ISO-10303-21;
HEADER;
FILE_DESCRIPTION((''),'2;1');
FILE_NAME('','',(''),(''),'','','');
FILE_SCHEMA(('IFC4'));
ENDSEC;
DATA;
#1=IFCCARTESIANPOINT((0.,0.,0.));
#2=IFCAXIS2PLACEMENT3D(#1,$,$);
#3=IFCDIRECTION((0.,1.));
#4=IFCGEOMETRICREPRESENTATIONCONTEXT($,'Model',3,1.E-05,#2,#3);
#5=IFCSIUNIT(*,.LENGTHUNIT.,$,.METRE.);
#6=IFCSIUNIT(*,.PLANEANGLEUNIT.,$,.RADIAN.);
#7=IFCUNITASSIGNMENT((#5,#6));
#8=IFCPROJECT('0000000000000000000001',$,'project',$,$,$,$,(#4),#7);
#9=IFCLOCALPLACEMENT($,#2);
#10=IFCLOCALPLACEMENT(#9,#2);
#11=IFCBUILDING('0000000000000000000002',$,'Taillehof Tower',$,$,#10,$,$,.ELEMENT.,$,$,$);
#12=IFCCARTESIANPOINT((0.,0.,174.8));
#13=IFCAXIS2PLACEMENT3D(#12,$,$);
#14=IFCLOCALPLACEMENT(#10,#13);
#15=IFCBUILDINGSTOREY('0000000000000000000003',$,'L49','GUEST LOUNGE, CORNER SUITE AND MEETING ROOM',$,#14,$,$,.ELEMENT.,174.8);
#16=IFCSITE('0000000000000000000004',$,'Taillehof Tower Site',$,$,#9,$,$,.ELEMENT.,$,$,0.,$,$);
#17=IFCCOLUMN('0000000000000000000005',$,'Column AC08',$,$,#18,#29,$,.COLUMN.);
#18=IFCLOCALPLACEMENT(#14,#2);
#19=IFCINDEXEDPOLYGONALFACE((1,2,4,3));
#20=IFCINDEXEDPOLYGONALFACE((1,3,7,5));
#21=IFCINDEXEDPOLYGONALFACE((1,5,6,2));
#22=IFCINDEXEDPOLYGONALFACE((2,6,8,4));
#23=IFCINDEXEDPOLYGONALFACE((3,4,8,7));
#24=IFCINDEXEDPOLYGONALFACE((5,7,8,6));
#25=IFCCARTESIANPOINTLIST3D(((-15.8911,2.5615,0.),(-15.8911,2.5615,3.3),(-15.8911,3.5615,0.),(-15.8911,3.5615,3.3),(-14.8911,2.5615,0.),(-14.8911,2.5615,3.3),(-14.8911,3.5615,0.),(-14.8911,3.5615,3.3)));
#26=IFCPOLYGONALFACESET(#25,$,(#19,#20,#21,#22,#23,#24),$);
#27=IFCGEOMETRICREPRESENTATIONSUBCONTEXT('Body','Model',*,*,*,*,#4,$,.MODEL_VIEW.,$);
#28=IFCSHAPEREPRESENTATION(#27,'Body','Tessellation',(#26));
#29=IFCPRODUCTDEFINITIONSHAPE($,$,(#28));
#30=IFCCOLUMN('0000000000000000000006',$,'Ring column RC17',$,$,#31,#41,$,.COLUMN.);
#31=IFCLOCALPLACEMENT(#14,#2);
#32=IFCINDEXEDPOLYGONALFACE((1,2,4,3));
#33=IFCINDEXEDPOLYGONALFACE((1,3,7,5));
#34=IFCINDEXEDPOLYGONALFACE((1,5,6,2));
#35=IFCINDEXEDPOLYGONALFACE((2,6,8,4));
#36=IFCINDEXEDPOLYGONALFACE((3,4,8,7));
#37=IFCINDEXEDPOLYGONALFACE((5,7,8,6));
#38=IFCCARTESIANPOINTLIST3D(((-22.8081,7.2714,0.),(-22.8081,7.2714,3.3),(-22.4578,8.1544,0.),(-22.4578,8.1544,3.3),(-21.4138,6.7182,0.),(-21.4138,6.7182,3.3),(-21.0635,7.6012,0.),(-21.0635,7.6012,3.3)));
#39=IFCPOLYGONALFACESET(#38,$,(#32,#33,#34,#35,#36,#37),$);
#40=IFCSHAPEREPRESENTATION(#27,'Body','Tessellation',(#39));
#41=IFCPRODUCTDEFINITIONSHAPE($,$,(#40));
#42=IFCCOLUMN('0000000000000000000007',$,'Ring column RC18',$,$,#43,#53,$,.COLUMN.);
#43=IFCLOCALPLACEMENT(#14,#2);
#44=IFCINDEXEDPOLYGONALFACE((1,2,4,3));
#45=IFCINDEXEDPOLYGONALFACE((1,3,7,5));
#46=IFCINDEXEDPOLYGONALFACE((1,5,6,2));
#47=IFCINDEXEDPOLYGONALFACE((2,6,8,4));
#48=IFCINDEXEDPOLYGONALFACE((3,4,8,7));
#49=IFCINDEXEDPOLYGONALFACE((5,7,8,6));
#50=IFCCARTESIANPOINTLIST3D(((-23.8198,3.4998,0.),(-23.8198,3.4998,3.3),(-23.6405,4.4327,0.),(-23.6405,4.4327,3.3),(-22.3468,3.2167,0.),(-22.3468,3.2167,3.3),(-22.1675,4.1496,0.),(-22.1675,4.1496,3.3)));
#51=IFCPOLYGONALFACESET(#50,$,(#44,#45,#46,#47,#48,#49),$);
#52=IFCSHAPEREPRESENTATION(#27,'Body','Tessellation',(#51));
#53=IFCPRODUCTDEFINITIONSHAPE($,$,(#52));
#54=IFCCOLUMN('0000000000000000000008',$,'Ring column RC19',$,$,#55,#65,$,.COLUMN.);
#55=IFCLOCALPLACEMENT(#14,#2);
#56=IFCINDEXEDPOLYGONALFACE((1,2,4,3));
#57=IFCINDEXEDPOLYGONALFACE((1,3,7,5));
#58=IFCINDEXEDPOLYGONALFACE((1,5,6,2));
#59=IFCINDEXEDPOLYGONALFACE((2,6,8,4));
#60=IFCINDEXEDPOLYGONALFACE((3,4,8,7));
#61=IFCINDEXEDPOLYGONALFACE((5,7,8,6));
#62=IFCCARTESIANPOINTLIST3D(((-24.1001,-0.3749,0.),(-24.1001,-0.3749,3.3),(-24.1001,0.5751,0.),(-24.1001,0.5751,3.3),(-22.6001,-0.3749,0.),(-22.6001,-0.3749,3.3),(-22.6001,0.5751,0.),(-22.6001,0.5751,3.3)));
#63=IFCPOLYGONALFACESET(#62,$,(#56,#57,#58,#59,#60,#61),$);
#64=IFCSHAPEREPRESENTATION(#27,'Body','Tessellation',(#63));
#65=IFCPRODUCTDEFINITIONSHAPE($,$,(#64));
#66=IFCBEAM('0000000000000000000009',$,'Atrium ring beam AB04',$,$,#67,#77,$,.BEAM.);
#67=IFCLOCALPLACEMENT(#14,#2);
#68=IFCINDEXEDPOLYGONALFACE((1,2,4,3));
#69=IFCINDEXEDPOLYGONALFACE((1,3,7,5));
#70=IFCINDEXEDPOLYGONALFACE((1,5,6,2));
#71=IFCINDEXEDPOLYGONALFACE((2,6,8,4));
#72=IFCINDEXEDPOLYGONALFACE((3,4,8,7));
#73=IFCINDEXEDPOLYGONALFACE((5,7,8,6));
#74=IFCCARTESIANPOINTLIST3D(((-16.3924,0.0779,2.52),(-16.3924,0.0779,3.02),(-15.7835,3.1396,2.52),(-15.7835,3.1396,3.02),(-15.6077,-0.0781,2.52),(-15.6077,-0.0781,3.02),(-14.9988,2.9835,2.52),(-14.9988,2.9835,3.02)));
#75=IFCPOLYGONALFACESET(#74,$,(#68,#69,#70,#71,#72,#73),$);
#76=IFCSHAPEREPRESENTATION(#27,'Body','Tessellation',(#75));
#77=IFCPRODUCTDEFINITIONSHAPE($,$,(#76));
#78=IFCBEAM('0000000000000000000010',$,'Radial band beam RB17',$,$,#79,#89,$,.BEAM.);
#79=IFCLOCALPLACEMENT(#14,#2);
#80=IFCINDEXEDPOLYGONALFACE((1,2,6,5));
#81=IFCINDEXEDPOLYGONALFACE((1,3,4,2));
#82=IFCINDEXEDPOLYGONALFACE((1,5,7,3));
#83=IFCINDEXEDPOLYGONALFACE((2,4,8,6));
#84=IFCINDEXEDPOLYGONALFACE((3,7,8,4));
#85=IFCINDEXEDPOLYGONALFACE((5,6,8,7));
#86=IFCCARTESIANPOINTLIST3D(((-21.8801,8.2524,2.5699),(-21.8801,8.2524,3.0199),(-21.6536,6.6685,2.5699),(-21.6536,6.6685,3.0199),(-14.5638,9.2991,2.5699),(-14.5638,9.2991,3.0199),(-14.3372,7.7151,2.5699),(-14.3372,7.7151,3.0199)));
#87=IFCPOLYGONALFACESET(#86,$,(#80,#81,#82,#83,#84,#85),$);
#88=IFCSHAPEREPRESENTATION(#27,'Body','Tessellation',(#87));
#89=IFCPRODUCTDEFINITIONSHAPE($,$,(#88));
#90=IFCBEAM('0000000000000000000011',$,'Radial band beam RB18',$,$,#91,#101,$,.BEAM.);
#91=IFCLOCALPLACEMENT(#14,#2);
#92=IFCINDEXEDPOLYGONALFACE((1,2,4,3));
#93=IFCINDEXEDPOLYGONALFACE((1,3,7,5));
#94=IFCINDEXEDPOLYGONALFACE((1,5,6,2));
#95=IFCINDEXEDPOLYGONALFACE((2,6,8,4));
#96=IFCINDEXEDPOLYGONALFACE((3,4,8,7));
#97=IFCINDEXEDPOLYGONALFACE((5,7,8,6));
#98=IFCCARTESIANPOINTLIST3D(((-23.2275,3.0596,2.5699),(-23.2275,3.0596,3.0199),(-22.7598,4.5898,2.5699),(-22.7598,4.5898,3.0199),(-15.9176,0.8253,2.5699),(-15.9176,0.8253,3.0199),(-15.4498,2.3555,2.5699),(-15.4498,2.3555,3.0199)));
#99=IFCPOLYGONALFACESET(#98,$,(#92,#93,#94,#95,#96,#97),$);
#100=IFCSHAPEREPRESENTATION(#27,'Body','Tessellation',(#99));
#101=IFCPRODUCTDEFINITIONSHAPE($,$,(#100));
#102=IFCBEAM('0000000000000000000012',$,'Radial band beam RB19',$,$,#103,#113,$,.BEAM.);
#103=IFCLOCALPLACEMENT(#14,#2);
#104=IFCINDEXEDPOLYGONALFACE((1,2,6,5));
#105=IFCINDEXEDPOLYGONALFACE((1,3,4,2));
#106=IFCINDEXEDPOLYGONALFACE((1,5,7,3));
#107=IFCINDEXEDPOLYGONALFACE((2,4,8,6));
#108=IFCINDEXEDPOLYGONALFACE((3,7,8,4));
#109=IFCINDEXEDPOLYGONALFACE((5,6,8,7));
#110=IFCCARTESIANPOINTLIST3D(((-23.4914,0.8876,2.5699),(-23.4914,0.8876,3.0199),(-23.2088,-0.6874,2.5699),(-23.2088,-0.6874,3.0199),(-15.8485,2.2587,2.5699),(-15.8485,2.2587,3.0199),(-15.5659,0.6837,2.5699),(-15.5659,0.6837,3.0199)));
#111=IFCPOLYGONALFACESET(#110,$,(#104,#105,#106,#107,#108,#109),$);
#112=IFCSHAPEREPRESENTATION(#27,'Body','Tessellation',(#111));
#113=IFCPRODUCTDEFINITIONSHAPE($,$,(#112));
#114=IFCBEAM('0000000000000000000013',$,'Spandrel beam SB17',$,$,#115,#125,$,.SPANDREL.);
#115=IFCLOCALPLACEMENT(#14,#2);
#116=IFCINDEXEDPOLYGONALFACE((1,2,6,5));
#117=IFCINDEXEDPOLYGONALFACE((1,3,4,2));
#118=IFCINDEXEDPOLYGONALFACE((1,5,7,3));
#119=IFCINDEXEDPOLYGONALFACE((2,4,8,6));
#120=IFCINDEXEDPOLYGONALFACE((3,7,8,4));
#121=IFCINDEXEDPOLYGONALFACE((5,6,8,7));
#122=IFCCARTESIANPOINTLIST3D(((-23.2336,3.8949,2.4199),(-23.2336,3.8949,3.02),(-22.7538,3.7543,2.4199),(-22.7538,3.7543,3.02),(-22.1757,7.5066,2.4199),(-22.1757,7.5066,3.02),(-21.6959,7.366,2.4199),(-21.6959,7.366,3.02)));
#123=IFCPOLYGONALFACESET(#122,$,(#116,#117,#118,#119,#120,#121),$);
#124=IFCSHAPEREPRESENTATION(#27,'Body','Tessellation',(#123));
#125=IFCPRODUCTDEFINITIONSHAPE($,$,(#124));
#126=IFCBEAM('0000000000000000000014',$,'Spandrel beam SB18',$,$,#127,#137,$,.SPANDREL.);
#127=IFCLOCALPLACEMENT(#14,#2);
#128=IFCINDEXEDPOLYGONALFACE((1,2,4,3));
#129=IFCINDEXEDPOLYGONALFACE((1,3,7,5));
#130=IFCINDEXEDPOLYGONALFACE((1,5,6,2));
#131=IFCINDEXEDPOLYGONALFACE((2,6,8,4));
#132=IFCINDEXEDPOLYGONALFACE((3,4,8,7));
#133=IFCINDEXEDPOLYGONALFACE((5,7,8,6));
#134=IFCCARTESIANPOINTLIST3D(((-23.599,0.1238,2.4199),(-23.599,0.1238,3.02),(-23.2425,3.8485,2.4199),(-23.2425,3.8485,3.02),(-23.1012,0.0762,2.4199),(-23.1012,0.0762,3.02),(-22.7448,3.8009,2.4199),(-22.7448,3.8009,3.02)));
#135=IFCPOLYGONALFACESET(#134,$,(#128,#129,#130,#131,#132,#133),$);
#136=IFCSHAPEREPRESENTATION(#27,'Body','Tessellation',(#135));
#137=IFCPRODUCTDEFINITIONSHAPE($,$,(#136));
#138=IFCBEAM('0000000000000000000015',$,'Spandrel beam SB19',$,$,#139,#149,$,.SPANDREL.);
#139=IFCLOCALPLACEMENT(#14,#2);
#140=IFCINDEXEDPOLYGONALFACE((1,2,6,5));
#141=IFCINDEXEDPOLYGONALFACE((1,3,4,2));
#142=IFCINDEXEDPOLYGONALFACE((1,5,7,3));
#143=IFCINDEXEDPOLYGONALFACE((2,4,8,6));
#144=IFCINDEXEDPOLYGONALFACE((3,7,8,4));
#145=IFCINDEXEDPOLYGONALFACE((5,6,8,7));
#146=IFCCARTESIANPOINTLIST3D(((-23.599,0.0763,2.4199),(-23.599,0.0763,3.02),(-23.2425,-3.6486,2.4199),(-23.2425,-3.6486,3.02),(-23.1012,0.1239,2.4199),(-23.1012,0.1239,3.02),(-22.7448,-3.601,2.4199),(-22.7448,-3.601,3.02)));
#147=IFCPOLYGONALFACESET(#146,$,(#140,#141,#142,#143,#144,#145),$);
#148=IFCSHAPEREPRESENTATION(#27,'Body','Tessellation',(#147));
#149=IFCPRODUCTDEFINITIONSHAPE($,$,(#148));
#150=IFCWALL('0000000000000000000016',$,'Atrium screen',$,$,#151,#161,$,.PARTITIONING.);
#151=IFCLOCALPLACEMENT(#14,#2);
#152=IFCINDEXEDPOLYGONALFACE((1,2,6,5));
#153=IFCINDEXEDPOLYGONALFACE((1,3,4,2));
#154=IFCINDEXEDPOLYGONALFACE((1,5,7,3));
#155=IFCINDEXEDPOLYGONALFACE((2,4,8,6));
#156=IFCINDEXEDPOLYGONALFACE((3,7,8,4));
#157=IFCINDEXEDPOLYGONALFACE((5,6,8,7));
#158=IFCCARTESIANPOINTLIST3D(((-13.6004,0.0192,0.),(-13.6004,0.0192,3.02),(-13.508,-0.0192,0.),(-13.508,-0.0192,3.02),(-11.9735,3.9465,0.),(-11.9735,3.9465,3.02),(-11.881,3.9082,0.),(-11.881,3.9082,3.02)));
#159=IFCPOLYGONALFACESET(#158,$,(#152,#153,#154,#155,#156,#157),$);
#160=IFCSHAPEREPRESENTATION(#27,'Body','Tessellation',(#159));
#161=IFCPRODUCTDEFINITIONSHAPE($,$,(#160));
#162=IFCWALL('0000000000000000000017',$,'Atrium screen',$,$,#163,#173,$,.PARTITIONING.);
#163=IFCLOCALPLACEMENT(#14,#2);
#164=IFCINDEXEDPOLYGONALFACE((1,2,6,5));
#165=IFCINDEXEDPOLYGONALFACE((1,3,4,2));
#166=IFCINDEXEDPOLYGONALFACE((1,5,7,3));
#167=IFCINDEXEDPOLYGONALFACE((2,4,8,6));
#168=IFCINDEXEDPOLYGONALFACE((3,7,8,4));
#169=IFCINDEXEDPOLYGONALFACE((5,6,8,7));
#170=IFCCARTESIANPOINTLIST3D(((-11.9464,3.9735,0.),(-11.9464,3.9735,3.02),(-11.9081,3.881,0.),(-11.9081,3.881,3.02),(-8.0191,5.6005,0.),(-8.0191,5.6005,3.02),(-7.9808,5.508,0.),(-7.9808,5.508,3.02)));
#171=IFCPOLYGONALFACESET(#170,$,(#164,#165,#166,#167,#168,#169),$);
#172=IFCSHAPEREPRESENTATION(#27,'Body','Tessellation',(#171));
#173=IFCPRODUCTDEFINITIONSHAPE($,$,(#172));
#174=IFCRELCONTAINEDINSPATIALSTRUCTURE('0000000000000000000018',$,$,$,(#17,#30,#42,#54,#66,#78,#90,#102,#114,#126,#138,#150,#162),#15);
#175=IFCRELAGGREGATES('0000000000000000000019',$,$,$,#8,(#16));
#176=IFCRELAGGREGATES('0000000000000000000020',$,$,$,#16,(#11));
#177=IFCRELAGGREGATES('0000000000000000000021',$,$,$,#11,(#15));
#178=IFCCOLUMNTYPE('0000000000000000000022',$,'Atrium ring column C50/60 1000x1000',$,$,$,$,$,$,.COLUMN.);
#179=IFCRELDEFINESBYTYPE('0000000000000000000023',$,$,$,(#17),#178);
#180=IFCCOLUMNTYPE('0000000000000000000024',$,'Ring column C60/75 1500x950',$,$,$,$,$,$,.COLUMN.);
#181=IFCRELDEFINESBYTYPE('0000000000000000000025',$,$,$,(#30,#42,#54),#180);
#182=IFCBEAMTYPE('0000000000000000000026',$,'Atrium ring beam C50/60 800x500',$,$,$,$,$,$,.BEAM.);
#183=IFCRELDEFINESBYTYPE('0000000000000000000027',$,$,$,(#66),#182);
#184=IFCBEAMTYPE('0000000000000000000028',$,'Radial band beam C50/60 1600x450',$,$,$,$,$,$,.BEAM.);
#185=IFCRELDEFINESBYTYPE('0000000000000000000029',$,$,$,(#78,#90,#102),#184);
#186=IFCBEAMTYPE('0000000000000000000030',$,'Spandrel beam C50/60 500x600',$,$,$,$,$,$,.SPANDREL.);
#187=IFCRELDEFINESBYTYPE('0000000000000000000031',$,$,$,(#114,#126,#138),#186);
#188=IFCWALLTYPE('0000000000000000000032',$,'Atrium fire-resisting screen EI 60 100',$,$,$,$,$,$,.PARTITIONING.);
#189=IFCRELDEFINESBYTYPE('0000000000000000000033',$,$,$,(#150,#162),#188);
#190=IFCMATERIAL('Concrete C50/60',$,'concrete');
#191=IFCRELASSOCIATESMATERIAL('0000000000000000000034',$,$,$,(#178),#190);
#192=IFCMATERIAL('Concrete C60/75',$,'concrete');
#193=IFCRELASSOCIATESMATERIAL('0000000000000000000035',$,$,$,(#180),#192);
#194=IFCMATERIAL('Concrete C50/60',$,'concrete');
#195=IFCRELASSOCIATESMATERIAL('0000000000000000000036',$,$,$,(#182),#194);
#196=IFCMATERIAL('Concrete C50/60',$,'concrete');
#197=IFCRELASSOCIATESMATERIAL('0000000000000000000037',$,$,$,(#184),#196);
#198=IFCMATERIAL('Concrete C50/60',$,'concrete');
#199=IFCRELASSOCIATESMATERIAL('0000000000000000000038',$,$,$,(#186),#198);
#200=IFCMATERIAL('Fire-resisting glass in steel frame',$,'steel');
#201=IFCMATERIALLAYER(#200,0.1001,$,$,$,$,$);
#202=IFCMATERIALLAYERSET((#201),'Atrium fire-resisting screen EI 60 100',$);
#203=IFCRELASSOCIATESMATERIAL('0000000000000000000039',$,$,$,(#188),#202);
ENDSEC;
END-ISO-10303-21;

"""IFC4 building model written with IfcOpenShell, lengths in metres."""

from ifc_helpers import new_model, si_unit, direction, frame, frame_2d, origin, origin_2d, place, context, subcontext, project, spatial, rectangle, extrude, material, layer, layer_set, material_profile, profile_set, type_object, element, save


model = new_model("IFC4")

# Units and contexts
model_context = context("Model", 3, precision=1e-05, world=origin(), true_north=direction((0.0, 1.0)))
body_context = subcontext(model_context, "Body", "Model", "MODEL_VIEW")
ifc_project = project(units=[si_unit("LENGTHUNIT", "METRE"), si_unit("PLANEANGLEUNIT", "RADIAN")], contexts=[model_context])

# Site, building, storey
site_placement = place(None, origin())
site = spatial("IfcSite", under=ifc_project, at=site_placement, Name="Taillehof Tower Site", CompositionType="ELEMENT", RefElevation=0.0)
building_placement = place(site_placement, origin())
building = spatial("IfcBuilding", under=site, at=building_placement, Name="Taillehof Tower", CompositionType="ELEMENT")
storey_placement = place(building_placement, frame((0.0, 0.0, 174.8)))
storey = spatial("IfcBuildingStorey", under=building, at=storey_placement, Name="L49", Description="GUEST LOUNGE, CORNER SUITE AND MEETING ROOM", CompositionType="ELEMENT", Elevation=174.8)

# Columns
ifc_material_1 = material(Name="Concrete C50/60", Category="concrete")
ifc_material_profile_1 = material_profile(ifc_material_1, rectangle(XDim=1.0, YDim=1.0, at=origin_2d()), Name="RC 1000x1000")
ifc_profile_set_1 = profile_set([ifc_material_profile_1], Name="Concrete C50/60")
column_type_1 = type_object("IfcColumnType", Name="Atrium ring column C50/60 1000x1000", PredefinedType="COLUMN", material=ifc_profile_set_1)
column_placement = place(storey_placement, frame((-15.3911, 3.0615, 0.0), z_axis=(0.0, 0.0, 1.0), x_axis=(1.0, 0.0, 0.0)))
element("IfcColumn", 1, at=column_placement, inside=storey, type_object=column_type_1, Name="Column AC08", PredefinedType="COLUMN", context=body_context, shape_type="SweptSolid", body=[
    extrude(rectangle(XDim=1.0, YDim=1.0, at=origin_2d()), origin(), (0.0, 0.0, 1.0), 3.3),
])
ifc_material_2 = material(Name="Concrete C60/75", Category="concrete")
ifc_material_profile_2 = material_profile(ifc_material_2, rectangle(XDim=1.5, YDim=0.95, at=origin_2d()), Name="RC 1500x950")
ifc_profile_set_2 = profile_set([ifc_material_profile_2], Name="Concrete C60/75")
column_type_2 = type_object("IfcColumnType", Name="Ring column C60/75 1500x950", PredefinedType="COLUMN", material=ifc_profile_set_2)
for number, where, z_axis, x_axis, name in (
    (2, (-21.9358, 7.4363, 0.0), (0.0, 0.0, 1.0), (-0.929511, 0.368793, 0.0), "Ring column RC17"),
    (3, (-22.9937, 3.8247, 0.0), (0.0, 0.0, 1.0), (-0.982024, 0.188757, 0.0), "Ring column RC18"),
    (4, (-23.3501, 0.1001, 0.0), (0.0, 0.0, 1.0), (-1.0, 0.0, 0.0), "Ring column RC19"),
):
    element("IfcColumn", number, at=place(storey_placement, frame(where, z_axis=z_axis, x_axis=x_axis)), inside=storey, type_object=column_type_2, Name=name, PredefinedType="COLUMN", context=body_context, shape_type="SweptSolid", body=[
        extrude(rectangle(XDim=1.5, YDim=0.95, at=origin_2d()), origin(), (0.0, 0.0, 1.0), 3.3),
    ])

# Beams
ifc_material_3 = material(Name="Concrete C50/60", Category="concrete")
ifc_material_profile_3 = material_profile(ifc_material_3, rectangle(XDim=0.8, YDim=0.5, at=origin_2d()), Name="RC 800x500")
ifc_profile_set_3 = profile_set([ifc_material_profile_3], Name="Concrete C50/60")
beam_type_1 = type_object("IfcBeamType", Name="Atrium ring beam C50/60 800x500", PredefinedType="BEAM", material=ifc_profile_set_3)
beam_1_placement = place(storey_placement, frame((-15.3911, 3.0615, 2.77), z_axis=(-0.195063, -0.980791, 0.0), x_axis=(0.980791, -0.195063, 0.0)))
element("IfcBeam", 5, at=beam_1_placement, inside=storey, type_object=beam_type_1, Name="Atrium ring beam AB04", PredefinedType="BEAM", context=body_context, shape_type="SweptSolid", body=[
    extrude(rectangle(XDim=0.8, YDim=0.5, at=origin_2d()), origin(), (0.0, 0.0, 1.0), 3.1216),
])
ifc_material_4 = material(Name="Concrete C50/60", Category="concrete")
ifc_material_profile_4 = material_profile(ifc_material_4, rectangle(XDim=1.6001, YDim=0.45, at=origin_2d()), Name="RC 1600x450")
ifc_profile_set_4 = profile_set([ifc_material_profile_4], Name="Concrete C50/60")
beam_type_2 = type_object("IfcBeamType", Name="Radial band beam C50/60 1600x450", PredefinedType="BEAM", material=ifc_profile_set_4)
beam_2_placement = place(storey_placement, frame((-21.7668, 7.4604, 2.7949), z_axis=(0.989922, 0.141611, 0.0), x_axis=(-0.141611, 0.989922, 0.0)))
element("IfcBeam", 6, at=beam_2_placement, inside=storey, type_object=beam_type_2, Name="Radial band beam RB17", PredefinedType="BEAM", context=body_context, shape_type="SweptSolid", body=[
    extrude(rectangle(XDim=1.6001, YDim=0.45, at=origin_2d()), origin(), (0.0, 0.0, 1.0), 7.3909),
])
beam_3_placement = place(storey_placement, frame((-22.9937, 3.8247, 2.7949), z_axis=(0.956324, -0.292308, 0.0), x_axis=(0.292308, 0.956324, 0.0)))
element("IfcBeam", 7, at=beam_3_placement, inside=storey, type_object=beam_type_2, Name="Radial band beam RB18", PredefinedType="BEAM", context=body_context, shape_type="SweptSolid", body=[
    extrude(rectangle(XDim=1.6001, YDim=0.45, at=origin_2d()), origin(), (0.0, 0.0, 1.0), 7.6438),
])
beam_4_placement = place(storey_placement, frame((-23.3501, 0.1001, 2.7949), z_axis=(0.984287, 0.176577, 0.0), x_axis=(-0.176577, 0.984287, 0.0)))
element("IfcBeam", 8, at=beam_4_placement, inside=storey, type_object=beam_type_2, Name="Radial band beam RB19", PredefinedType="BEAM", context=body_context, shape_type="SweptSolid", body=[
    extrude(rectangle(XDim=1.6001, YDim=0.45, at=origin_2d()), origin(), (0.0, 0.0, 1.0), 7.7649),
])
ifc_material_5 = material(Name="Concrete C50/60", Category="concrete")
ifc_material_profile_5 = material_profile(ifc_material_5, rectangle(XDim=0.5, YDim=0.6001, at=origin_2d()), Name="RC 500x600")
ifc_profile_set_5 = profile_set([ifc_material_profile_5], Name="Concrete C50/60")
beam_type_3 = type_object("IfcBeamType", Name="Spandrel beam C50/60 500x600", PredefinedType="SPANDREL", material=ifc_profile_set_5)
beam_5_placement = place(storey_placement, frame((-21.9358, 7.4363, 2.72), z_axis=(-0.281098, -0.959679, 0.0), x_axis=(0.959679, -0.281098, 0.0)))
element("IfcBeam", 9, at=beam_5_placement, inside=storey, type_object=beam_type_3, Name="Spandrel beam SB17", PredefinedType="SPANDREL", context=body_context, shape_type="SweptSolid", body=[
    extrude(rectangle(XDim=0.5, YDim=0.6001, at=origin_2d()), origin(), (0.0, 0.0, 1.0), 3.7634),
])
beam_6_placement = place(storey_placement, frame((-22.9937, 3.8247, 2.72), z_axis=(-0.095265, -0.995452, 0.0), x_axis=(0.995452, -0.095265, 0.0)))
element("IfcBeam", 10, at=beam_6_placement, inside=storey, type_object=beam_type_3, Name="Spandrel beam SB18", PredefinedType="SPANDREL", context=body_context, shape_type="SweptSolid", body=[
    extrude(rectangle(XDim=0.5, YDim=0.6001, at=origin_2d()), origin(), (0.0, 0.0, 1.0), 3.7417),
])
beam_7_placement = place(storey_placement, frame((-23.3501, 0.1001, 2.72), z_axis=(0.095259, -0.995453, 0.0), x_axis=(0.995453, 0.095259, 0.0)))
element("IfcBeam", 11, at=beam_7_placement, inside=storey, type_object=beam_type_3, Name="Spandrel beam SB19", PredefinedType="SPANDREL", context=body_context, shape_type="SweptSolid", body=[
    extrude(rectangle(XDim=0.5, YDim=0.6001, at=origin_2d()), origin(), (0.0, 0.0, 1.0), 3.7419),
])

# Walls
ifc_material_6 = material(Name="Fire-resisting glass in steel frame", Category="steel")
ifc_layer_1 = layer(ifc_material_6, 0.1001)
ifc_layer_set_1 = layer_set([ifc_layer_1], Name="Atrium fire-resisting screen EI 60 100")
wall_type_1 = type_object("IfcWallType", Name="Atrium fire-resisting screen EI 60 100", PredefinedType="PARTITIONING", material=ifc_layer_set_1)
for number, where, z_axis, x_axis, name in (
    (12, (-13.5542, 0.0, 0.0), (0.0, 0.0, 1.0), (0.382731, 0.92386, 0.0), "Atrium screen"),
    (13, (-11.9272, 3.9272, 0.0), (0.0, 0.0, 1.0), (0.92386, 0.382731, 0.0), "Atrium screen"),
):
    element("IfcWall", number, at=place(storey_placement, frame(where, z_axis=z_axis, x_axis=x_axis)), inside=storey, type_object=wall_type_1, Name=name, PredefinedType="PARTITIONING", context=body_context, shape_type="SweptSolid", body=[
        extrude(rectangle(XDim=4.251, YDim=0.1001, at=frame_2d((2.1255, 0.0))), origin(), (0.0, 0.0, 1.0), 3.02),
    ])

save(model, "model.ifc")
